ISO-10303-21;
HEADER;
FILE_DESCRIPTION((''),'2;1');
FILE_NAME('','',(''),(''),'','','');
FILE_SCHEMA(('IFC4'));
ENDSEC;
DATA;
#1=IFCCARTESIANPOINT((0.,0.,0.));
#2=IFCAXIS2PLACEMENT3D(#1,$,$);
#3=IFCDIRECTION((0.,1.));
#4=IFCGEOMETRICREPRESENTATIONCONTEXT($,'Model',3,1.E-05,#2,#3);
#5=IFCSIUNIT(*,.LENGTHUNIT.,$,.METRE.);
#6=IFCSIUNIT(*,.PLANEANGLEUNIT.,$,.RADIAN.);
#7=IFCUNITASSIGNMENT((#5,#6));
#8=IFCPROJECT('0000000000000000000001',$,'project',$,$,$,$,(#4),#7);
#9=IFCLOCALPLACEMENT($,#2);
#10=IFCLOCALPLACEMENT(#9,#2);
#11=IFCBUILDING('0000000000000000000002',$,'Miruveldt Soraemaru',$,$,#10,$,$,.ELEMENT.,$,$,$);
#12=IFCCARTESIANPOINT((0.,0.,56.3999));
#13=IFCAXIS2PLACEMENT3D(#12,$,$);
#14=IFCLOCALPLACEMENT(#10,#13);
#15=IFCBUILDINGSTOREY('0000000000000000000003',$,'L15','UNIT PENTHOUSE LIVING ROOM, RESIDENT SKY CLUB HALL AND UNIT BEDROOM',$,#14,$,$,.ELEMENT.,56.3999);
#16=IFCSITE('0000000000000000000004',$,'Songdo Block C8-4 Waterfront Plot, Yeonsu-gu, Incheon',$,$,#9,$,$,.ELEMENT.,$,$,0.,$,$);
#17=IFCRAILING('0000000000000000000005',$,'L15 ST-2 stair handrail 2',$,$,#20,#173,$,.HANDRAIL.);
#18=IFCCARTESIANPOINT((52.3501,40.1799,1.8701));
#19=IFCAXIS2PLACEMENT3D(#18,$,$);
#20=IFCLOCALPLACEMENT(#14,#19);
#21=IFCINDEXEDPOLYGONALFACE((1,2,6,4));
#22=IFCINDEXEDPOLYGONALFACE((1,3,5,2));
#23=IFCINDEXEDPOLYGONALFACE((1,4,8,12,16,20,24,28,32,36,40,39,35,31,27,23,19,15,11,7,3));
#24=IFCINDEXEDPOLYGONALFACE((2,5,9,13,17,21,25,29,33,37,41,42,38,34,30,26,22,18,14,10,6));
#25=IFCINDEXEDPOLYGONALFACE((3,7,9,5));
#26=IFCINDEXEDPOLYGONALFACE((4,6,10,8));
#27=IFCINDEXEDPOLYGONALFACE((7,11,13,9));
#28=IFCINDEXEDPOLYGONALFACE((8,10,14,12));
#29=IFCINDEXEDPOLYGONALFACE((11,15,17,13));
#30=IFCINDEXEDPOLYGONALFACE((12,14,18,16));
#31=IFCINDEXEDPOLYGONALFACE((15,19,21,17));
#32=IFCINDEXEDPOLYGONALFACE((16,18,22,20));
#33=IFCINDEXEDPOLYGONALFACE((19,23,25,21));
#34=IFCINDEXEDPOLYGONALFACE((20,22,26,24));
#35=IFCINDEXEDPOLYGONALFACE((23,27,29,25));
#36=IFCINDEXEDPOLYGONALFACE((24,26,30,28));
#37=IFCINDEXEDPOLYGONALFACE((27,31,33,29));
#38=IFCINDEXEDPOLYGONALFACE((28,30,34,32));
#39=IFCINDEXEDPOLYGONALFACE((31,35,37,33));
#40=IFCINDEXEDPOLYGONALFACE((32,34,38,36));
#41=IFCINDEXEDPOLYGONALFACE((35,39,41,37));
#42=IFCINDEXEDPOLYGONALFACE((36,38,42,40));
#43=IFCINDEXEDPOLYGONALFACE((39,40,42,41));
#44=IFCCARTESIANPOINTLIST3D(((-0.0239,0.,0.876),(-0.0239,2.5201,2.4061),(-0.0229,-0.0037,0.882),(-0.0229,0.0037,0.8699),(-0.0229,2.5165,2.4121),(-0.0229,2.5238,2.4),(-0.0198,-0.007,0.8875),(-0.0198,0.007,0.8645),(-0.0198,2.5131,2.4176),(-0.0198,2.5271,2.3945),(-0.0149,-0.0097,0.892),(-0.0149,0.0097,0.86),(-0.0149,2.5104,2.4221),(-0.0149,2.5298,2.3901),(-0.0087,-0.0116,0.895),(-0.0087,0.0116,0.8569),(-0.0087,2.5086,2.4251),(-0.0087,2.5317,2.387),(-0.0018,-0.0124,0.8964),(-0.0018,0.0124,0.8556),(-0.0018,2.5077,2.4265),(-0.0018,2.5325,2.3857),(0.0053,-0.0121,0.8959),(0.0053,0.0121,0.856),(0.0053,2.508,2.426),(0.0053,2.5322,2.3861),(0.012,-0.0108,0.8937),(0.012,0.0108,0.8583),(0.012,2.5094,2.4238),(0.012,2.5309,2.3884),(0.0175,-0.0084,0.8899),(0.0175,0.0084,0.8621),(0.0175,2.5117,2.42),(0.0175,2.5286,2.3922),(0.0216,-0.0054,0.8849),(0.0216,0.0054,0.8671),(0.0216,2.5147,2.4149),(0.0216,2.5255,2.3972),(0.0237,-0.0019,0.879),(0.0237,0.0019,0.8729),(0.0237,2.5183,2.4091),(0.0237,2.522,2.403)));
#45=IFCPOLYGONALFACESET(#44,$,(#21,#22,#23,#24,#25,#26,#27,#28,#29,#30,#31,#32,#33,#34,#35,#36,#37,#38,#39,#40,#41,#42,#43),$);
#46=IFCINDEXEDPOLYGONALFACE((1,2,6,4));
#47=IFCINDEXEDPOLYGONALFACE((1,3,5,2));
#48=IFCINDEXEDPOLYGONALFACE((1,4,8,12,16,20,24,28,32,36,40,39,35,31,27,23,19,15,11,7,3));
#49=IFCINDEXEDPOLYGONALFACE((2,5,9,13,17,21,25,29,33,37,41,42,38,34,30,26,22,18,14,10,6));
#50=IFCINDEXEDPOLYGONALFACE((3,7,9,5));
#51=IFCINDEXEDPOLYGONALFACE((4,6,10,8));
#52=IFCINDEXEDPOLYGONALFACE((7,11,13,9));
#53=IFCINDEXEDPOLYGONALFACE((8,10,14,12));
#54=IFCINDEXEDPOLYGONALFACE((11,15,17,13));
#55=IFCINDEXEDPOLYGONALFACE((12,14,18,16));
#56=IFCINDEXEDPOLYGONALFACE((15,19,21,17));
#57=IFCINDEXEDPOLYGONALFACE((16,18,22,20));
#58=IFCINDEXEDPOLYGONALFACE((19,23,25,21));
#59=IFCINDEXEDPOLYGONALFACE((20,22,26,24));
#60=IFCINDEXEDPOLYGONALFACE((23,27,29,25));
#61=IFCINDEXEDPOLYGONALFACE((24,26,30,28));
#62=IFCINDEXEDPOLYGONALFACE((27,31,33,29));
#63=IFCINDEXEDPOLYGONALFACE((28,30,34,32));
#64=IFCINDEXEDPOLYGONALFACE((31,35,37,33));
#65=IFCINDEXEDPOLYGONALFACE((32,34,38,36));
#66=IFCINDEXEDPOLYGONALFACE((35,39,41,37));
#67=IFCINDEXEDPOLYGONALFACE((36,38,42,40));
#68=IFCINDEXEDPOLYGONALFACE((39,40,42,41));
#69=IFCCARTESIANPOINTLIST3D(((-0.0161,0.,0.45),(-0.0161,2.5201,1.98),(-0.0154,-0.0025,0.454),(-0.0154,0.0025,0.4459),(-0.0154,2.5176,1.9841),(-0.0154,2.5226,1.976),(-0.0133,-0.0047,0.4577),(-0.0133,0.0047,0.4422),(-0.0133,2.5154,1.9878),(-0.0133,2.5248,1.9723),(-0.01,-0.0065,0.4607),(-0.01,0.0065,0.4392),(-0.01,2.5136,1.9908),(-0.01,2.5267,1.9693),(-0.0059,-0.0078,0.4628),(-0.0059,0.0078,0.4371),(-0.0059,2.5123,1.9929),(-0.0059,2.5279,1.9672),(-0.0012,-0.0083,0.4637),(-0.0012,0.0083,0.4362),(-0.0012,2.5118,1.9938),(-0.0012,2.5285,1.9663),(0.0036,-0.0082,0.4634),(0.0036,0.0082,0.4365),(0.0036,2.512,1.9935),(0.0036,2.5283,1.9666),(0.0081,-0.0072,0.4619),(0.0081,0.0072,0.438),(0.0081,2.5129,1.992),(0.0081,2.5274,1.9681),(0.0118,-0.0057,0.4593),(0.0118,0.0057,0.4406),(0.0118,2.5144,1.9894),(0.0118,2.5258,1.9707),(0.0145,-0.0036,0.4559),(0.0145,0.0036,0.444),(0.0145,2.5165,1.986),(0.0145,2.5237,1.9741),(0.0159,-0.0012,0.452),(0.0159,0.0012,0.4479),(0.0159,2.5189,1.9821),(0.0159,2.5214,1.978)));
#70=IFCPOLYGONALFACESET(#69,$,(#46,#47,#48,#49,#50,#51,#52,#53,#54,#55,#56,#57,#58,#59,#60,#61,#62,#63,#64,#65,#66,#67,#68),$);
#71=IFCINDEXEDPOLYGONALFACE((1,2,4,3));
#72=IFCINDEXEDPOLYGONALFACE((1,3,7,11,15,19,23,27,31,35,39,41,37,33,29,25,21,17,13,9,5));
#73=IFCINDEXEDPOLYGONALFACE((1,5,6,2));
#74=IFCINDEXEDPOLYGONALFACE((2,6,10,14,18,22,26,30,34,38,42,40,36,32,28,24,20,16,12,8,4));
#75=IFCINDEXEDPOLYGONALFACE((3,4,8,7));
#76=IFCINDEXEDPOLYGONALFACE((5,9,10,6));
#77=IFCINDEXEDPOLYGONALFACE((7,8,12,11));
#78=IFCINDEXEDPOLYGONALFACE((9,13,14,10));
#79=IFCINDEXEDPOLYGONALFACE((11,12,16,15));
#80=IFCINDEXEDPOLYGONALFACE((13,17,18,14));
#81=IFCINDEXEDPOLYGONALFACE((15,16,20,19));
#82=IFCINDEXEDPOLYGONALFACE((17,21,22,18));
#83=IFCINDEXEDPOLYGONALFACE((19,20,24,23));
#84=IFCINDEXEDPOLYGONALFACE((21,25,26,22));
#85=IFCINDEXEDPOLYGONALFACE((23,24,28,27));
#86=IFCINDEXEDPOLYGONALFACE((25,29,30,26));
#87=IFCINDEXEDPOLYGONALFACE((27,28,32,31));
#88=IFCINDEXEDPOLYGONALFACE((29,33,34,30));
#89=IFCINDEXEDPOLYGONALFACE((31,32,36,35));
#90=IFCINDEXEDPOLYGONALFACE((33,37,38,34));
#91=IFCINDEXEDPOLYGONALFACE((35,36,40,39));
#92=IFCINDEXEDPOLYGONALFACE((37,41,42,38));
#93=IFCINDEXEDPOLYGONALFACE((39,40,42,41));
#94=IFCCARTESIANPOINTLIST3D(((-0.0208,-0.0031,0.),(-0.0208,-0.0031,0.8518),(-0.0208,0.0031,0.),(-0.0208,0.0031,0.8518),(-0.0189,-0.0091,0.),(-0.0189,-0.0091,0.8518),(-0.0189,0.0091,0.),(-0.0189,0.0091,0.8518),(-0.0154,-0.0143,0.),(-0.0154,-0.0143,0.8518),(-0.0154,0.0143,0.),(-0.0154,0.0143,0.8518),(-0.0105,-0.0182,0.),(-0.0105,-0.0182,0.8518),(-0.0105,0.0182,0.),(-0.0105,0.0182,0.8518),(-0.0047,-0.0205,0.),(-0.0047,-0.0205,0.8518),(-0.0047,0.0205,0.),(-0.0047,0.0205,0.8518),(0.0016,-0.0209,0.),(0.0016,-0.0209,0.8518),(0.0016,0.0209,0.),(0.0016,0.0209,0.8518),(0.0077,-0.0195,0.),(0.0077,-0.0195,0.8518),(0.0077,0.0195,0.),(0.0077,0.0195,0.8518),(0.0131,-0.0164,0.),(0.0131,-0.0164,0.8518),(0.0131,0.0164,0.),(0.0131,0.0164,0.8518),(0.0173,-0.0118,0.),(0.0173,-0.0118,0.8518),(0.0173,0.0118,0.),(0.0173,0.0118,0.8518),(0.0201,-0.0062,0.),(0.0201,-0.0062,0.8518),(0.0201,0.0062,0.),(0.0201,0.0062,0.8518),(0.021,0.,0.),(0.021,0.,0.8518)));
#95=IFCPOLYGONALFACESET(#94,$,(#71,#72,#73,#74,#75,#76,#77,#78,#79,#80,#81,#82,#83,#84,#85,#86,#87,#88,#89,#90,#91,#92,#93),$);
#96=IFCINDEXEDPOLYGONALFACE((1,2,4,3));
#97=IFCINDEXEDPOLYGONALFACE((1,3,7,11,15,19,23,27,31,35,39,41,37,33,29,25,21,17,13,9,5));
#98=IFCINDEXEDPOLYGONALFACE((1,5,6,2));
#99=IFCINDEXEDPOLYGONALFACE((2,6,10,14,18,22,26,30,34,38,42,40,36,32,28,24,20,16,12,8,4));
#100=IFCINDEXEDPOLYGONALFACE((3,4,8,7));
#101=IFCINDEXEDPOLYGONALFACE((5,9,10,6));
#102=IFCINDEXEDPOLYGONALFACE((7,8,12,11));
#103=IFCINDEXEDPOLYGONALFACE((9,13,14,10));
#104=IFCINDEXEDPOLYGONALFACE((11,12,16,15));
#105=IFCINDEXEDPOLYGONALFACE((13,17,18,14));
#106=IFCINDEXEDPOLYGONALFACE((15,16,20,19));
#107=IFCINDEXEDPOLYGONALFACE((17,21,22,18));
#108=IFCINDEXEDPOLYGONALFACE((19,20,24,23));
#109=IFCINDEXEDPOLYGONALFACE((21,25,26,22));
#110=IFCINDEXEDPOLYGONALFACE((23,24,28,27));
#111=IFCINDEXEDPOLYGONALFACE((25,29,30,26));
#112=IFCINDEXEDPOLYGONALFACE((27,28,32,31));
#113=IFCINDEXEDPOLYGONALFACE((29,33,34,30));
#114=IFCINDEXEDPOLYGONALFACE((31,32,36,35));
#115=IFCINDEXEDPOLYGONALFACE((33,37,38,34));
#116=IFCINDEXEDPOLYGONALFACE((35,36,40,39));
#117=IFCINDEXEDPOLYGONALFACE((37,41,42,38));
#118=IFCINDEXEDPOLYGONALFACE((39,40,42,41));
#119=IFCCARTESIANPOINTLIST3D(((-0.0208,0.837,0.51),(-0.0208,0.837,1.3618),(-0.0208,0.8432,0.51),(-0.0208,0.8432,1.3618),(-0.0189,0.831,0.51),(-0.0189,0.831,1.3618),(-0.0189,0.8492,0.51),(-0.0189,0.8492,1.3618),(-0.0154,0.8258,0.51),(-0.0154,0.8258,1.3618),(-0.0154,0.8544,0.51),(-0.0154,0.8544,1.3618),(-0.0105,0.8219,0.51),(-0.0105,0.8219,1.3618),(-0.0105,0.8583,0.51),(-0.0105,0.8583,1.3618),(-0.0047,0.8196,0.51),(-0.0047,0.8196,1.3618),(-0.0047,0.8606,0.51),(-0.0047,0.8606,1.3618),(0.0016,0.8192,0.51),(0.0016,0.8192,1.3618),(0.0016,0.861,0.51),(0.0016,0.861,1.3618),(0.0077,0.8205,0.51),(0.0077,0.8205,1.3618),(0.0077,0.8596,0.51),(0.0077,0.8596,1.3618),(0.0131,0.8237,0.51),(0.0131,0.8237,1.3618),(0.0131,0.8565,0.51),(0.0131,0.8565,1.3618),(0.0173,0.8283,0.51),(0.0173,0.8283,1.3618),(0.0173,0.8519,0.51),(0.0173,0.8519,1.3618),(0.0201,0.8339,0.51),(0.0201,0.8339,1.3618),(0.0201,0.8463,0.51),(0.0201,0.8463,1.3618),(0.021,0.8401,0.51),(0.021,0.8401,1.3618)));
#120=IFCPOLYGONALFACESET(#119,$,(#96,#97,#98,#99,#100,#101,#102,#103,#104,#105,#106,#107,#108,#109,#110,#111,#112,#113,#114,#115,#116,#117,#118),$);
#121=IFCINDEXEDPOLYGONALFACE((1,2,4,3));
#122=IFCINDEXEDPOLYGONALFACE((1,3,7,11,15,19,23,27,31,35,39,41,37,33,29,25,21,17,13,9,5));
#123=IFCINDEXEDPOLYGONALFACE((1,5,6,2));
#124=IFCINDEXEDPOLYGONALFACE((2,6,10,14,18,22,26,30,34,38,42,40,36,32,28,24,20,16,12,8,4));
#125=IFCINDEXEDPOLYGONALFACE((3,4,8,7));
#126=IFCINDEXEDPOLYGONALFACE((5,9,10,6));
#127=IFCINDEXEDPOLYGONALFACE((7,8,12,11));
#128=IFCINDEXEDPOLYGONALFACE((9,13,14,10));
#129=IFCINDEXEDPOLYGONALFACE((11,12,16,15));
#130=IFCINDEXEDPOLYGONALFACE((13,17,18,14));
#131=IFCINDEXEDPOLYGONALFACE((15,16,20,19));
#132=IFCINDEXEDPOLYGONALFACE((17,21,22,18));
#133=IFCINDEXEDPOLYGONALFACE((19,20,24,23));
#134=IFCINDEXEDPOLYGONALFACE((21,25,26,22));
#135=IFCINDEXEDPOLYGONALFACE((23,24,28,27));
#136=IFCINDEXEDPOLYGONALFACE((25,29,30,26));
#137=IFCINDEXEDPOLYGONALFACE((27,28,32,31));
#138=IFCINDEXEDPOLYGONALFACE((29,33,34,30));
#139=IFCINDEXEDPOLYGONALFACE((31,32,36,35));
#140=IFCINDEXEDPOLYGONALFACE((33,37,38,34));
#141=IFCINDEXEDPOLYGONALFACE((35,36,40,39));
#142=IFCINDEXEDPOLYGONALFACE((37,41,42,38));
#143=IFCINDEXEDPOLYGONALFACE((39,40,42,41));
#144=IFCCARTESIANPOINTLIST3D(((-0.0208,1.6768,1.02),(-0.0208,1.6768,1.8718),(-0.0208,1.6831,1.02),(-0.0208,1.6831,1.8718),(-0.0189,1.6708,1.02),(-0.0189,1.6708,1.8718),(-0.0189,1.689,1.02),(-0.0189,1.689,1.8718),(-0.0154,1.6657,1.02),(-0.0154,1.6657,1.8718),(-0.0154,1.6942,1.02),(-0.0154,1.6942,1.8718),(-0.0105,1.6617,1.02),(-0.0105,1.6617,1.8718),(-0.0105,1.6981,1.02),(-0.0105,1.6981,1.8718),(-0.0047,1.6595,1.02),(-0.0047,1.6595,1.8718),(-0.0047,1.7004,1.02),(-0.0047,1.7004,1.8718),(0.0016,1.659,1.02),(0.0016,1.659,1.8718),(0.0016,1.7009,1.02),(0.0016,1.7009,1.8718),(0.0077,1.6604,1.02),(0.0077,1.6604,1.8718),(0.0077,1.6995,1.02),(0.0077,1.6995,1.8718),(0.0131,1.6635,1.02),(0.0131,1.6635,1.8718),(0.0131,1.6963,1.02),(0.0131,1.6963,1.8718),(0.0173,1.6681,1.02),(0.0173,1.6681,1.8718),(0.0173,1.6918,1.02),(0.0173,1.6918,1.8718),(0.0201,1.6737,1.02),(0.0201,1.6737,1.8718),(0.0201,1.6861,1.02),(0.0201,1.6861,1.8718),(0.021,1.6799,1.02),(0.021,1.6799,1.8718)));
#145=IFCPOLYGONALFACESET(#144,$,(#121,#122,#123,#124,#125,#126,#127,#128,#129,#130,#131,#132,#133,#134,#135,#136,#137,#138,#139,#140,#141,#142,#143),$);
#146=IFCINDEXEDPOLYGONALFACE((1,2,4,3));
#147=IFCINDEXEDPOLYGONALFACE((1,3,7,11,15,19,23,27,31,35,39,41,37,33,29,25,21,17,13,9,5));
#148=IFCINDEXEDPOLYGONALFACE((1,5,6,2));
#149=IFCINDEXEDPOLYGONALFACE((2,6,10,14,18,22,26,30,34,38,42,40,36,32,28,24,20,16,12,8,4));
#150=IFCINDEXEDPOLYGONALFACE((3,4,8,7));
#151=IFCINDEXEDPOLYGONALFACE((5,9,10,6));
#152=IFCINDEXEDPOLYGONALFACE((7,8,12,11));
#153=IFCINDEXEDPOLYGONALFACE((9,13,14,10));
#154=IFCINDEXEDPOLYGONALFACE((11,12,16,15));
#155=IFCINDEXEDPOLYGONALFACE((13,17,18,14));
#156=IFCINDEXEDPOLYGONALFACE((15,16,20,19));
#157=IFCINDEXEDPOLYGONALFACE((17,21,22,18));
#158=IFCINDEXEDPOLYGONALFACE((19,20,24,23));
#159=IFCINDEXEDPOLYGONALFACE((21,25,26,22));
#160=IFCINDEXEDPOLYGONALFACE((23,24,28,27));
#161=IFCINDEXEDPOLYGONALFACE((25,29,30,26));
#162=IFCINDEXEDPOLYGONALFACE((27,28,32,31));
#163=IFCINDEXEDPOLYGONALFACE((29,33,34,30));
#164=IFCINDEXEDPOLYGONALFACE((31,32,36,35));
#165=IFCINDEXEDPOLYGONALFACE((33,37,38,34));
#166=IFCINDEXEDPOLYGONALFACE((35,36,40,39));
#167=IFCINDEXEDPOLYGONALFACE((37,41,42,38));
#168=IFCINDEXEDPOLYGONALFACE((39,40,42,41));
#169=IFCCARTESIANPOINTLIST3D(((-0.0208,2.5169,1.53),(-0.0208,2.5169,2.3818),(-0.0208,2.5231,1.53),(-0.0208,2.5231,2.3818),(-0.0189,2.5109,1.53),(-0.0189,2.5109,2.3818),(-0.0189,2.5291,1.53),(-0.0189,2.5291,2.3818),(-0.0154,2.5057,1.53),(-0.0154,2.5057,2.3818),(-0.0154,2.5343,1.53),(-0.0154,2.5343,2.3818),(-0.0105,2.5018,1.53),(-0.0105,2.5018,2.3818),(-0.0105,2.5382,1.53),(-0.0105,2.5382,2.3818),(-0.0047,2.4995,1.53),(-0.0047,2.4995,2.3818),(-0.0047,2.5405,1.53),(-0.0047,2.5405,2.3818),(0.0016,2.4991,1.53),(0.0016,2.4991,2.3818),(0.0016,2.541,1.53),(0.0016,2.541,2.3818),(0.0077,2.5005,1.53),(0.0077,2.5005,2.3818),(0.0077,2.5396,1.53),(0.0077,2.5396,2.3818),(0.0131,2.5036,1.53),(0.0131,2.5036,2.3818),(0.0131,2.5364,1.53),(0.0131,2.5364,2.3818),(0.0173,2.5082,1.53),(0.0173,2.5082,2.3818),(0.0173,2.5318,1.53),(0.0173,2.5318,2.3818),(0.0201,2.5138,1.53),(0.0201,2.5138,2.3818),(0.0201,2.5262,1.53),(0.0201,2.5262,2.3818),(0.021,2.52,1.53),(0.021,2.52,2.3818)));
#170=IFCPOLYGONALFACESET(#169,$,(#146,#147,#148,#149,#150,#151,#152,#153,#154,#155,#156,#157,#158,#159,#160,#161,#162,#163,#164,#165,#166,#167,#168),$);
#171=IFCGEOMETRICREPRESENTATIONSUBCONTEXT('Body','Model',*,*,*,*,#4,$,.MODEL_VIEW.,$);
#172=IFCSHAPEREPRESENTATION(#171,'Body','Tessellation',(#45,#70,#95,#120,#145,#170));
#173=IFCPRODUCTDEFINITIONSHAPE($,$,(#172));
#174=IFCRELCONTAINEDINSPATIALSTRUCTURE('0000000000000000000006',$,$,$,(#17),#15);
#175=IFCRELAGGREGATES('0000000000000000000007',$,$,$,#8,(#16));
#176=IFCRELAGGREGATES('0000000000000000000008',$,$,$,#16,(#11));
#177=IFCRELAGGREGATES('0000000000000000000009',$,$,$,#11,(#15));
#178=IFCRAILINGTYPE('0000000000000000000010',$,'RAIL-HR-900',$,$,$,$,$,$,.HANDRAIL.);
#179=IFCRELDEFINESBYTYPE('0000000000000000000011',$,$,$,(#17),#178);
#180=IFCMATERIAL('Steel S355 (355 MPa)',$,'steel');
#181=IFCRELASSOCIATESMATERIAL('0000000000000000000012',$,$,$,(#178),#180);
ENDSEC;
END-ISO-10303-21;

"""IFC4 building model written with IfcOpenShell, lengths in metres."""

from ifc_helpers import new_model, si_unit, direction, frame, origin, origin_2d, place, context, subcontext, project, spatial, circle, extrude, material, type_object, element, save


model = new_model("IFC4")

# Units and contexts
model_context = context("Model", 3, precision=1e-05, world=origin(), true_north=direction((0.0, 1.0)))
body_context = subcontext(model_context, "Body", "Model", "MODEL_VIEW")
ifc_project = project(units=[si_unit("LENGTHUNIT", "METRE"), si_unit("PLANEANGLEUNIT", "RADIAN")], contexts=[model_context])

# Site, building, storey
site_placement = place(None, origin())
site = spatial("IfcSite", under=ifc_project, at=site_placement, Name="Songdo Block C8-4 Waterfront Plot, Yeonsu-gu, Incheon", CompositionType="ELEMENT", RefElevation=0.0)
building_placement = place(site_placement, origin())
building = spatial("IfcBuilding", under=site, at=building_placement, Name="Miruveldt Soraemaru", CompositionType="ELEMENT")
storey_placement = place(building_placement, frame((0.0, 0.0, 56.3999)))
storey = spatial("IfcBuildingStorey", under=building, at=storey_placement, Name="L15", Description="UNIT PENTHOUSE LIVING ROOM, RESIDENT SKY CLUB HALL AND UNIT BEDROOM", CompositionType="ELEMENT", Elevation=56.3999)

# Railing
ifc_material_1 = material(Name="Steel S355 (355 MPa)", Category="steel")
railing_type = type_object("IfcRailingType", Name="RAIL-HR-900", PredefinedType="HANDRAIL", material=ifc_material_1)
railing_placement = place(storey_placement, frame((52.3501, 40.1799, 1.8701)))
element("IfcRailing", 1, at=railing_placement, inside=storey, type_object=railing_type, Name="L15 ST-2 stair handrail 2", PredefinedType="HANDRAIL", context=body_context, shape_type="SweptSolid", body=[
    extrude(circle(Radius=0.0239, at=origin_2d()), frame((0.0, 0.0, 0.876), z_axis=(0.0, 0.854785, 0.518982), x_axis=(-1.0, 0.0, 0.0)), (0.0, 0.0, 1.0), 2.9482),
    extrude(circle(Radius=0.0161, at=origin_2d()), frame((0.0, 0.0, 0.45), z_axis=(0.0, 0.854785, 0.518982), x_axis=(-1.0, 0.0, 0.0)), (0.0, 0.0, 1.0), 2.9482),
    extrude(circle(Radius=0.021, at=origin_2d()), origin(), (0.0, 0.0, 1.0), 0.8518),
    extrude(circle(Radius=0.021, at=origin_2d()), frame((0.0, 0.8401, 0.51)), (0.0, 0.0, 1.0), 0.8518),
    extrude(circle(Radius=0.021, at=origin_2d()), frame((0.0, 1.6799, 1.02)), (0.0, 0.0, 1.0), 0.8518),
    extrude(circle(Radius=0.021, at=origin_2d()), frame((0.0, 2.52, 1.53)), (0.0, 0.0, 1.0), 0.8518),
])

save(model, "model.ifc")
